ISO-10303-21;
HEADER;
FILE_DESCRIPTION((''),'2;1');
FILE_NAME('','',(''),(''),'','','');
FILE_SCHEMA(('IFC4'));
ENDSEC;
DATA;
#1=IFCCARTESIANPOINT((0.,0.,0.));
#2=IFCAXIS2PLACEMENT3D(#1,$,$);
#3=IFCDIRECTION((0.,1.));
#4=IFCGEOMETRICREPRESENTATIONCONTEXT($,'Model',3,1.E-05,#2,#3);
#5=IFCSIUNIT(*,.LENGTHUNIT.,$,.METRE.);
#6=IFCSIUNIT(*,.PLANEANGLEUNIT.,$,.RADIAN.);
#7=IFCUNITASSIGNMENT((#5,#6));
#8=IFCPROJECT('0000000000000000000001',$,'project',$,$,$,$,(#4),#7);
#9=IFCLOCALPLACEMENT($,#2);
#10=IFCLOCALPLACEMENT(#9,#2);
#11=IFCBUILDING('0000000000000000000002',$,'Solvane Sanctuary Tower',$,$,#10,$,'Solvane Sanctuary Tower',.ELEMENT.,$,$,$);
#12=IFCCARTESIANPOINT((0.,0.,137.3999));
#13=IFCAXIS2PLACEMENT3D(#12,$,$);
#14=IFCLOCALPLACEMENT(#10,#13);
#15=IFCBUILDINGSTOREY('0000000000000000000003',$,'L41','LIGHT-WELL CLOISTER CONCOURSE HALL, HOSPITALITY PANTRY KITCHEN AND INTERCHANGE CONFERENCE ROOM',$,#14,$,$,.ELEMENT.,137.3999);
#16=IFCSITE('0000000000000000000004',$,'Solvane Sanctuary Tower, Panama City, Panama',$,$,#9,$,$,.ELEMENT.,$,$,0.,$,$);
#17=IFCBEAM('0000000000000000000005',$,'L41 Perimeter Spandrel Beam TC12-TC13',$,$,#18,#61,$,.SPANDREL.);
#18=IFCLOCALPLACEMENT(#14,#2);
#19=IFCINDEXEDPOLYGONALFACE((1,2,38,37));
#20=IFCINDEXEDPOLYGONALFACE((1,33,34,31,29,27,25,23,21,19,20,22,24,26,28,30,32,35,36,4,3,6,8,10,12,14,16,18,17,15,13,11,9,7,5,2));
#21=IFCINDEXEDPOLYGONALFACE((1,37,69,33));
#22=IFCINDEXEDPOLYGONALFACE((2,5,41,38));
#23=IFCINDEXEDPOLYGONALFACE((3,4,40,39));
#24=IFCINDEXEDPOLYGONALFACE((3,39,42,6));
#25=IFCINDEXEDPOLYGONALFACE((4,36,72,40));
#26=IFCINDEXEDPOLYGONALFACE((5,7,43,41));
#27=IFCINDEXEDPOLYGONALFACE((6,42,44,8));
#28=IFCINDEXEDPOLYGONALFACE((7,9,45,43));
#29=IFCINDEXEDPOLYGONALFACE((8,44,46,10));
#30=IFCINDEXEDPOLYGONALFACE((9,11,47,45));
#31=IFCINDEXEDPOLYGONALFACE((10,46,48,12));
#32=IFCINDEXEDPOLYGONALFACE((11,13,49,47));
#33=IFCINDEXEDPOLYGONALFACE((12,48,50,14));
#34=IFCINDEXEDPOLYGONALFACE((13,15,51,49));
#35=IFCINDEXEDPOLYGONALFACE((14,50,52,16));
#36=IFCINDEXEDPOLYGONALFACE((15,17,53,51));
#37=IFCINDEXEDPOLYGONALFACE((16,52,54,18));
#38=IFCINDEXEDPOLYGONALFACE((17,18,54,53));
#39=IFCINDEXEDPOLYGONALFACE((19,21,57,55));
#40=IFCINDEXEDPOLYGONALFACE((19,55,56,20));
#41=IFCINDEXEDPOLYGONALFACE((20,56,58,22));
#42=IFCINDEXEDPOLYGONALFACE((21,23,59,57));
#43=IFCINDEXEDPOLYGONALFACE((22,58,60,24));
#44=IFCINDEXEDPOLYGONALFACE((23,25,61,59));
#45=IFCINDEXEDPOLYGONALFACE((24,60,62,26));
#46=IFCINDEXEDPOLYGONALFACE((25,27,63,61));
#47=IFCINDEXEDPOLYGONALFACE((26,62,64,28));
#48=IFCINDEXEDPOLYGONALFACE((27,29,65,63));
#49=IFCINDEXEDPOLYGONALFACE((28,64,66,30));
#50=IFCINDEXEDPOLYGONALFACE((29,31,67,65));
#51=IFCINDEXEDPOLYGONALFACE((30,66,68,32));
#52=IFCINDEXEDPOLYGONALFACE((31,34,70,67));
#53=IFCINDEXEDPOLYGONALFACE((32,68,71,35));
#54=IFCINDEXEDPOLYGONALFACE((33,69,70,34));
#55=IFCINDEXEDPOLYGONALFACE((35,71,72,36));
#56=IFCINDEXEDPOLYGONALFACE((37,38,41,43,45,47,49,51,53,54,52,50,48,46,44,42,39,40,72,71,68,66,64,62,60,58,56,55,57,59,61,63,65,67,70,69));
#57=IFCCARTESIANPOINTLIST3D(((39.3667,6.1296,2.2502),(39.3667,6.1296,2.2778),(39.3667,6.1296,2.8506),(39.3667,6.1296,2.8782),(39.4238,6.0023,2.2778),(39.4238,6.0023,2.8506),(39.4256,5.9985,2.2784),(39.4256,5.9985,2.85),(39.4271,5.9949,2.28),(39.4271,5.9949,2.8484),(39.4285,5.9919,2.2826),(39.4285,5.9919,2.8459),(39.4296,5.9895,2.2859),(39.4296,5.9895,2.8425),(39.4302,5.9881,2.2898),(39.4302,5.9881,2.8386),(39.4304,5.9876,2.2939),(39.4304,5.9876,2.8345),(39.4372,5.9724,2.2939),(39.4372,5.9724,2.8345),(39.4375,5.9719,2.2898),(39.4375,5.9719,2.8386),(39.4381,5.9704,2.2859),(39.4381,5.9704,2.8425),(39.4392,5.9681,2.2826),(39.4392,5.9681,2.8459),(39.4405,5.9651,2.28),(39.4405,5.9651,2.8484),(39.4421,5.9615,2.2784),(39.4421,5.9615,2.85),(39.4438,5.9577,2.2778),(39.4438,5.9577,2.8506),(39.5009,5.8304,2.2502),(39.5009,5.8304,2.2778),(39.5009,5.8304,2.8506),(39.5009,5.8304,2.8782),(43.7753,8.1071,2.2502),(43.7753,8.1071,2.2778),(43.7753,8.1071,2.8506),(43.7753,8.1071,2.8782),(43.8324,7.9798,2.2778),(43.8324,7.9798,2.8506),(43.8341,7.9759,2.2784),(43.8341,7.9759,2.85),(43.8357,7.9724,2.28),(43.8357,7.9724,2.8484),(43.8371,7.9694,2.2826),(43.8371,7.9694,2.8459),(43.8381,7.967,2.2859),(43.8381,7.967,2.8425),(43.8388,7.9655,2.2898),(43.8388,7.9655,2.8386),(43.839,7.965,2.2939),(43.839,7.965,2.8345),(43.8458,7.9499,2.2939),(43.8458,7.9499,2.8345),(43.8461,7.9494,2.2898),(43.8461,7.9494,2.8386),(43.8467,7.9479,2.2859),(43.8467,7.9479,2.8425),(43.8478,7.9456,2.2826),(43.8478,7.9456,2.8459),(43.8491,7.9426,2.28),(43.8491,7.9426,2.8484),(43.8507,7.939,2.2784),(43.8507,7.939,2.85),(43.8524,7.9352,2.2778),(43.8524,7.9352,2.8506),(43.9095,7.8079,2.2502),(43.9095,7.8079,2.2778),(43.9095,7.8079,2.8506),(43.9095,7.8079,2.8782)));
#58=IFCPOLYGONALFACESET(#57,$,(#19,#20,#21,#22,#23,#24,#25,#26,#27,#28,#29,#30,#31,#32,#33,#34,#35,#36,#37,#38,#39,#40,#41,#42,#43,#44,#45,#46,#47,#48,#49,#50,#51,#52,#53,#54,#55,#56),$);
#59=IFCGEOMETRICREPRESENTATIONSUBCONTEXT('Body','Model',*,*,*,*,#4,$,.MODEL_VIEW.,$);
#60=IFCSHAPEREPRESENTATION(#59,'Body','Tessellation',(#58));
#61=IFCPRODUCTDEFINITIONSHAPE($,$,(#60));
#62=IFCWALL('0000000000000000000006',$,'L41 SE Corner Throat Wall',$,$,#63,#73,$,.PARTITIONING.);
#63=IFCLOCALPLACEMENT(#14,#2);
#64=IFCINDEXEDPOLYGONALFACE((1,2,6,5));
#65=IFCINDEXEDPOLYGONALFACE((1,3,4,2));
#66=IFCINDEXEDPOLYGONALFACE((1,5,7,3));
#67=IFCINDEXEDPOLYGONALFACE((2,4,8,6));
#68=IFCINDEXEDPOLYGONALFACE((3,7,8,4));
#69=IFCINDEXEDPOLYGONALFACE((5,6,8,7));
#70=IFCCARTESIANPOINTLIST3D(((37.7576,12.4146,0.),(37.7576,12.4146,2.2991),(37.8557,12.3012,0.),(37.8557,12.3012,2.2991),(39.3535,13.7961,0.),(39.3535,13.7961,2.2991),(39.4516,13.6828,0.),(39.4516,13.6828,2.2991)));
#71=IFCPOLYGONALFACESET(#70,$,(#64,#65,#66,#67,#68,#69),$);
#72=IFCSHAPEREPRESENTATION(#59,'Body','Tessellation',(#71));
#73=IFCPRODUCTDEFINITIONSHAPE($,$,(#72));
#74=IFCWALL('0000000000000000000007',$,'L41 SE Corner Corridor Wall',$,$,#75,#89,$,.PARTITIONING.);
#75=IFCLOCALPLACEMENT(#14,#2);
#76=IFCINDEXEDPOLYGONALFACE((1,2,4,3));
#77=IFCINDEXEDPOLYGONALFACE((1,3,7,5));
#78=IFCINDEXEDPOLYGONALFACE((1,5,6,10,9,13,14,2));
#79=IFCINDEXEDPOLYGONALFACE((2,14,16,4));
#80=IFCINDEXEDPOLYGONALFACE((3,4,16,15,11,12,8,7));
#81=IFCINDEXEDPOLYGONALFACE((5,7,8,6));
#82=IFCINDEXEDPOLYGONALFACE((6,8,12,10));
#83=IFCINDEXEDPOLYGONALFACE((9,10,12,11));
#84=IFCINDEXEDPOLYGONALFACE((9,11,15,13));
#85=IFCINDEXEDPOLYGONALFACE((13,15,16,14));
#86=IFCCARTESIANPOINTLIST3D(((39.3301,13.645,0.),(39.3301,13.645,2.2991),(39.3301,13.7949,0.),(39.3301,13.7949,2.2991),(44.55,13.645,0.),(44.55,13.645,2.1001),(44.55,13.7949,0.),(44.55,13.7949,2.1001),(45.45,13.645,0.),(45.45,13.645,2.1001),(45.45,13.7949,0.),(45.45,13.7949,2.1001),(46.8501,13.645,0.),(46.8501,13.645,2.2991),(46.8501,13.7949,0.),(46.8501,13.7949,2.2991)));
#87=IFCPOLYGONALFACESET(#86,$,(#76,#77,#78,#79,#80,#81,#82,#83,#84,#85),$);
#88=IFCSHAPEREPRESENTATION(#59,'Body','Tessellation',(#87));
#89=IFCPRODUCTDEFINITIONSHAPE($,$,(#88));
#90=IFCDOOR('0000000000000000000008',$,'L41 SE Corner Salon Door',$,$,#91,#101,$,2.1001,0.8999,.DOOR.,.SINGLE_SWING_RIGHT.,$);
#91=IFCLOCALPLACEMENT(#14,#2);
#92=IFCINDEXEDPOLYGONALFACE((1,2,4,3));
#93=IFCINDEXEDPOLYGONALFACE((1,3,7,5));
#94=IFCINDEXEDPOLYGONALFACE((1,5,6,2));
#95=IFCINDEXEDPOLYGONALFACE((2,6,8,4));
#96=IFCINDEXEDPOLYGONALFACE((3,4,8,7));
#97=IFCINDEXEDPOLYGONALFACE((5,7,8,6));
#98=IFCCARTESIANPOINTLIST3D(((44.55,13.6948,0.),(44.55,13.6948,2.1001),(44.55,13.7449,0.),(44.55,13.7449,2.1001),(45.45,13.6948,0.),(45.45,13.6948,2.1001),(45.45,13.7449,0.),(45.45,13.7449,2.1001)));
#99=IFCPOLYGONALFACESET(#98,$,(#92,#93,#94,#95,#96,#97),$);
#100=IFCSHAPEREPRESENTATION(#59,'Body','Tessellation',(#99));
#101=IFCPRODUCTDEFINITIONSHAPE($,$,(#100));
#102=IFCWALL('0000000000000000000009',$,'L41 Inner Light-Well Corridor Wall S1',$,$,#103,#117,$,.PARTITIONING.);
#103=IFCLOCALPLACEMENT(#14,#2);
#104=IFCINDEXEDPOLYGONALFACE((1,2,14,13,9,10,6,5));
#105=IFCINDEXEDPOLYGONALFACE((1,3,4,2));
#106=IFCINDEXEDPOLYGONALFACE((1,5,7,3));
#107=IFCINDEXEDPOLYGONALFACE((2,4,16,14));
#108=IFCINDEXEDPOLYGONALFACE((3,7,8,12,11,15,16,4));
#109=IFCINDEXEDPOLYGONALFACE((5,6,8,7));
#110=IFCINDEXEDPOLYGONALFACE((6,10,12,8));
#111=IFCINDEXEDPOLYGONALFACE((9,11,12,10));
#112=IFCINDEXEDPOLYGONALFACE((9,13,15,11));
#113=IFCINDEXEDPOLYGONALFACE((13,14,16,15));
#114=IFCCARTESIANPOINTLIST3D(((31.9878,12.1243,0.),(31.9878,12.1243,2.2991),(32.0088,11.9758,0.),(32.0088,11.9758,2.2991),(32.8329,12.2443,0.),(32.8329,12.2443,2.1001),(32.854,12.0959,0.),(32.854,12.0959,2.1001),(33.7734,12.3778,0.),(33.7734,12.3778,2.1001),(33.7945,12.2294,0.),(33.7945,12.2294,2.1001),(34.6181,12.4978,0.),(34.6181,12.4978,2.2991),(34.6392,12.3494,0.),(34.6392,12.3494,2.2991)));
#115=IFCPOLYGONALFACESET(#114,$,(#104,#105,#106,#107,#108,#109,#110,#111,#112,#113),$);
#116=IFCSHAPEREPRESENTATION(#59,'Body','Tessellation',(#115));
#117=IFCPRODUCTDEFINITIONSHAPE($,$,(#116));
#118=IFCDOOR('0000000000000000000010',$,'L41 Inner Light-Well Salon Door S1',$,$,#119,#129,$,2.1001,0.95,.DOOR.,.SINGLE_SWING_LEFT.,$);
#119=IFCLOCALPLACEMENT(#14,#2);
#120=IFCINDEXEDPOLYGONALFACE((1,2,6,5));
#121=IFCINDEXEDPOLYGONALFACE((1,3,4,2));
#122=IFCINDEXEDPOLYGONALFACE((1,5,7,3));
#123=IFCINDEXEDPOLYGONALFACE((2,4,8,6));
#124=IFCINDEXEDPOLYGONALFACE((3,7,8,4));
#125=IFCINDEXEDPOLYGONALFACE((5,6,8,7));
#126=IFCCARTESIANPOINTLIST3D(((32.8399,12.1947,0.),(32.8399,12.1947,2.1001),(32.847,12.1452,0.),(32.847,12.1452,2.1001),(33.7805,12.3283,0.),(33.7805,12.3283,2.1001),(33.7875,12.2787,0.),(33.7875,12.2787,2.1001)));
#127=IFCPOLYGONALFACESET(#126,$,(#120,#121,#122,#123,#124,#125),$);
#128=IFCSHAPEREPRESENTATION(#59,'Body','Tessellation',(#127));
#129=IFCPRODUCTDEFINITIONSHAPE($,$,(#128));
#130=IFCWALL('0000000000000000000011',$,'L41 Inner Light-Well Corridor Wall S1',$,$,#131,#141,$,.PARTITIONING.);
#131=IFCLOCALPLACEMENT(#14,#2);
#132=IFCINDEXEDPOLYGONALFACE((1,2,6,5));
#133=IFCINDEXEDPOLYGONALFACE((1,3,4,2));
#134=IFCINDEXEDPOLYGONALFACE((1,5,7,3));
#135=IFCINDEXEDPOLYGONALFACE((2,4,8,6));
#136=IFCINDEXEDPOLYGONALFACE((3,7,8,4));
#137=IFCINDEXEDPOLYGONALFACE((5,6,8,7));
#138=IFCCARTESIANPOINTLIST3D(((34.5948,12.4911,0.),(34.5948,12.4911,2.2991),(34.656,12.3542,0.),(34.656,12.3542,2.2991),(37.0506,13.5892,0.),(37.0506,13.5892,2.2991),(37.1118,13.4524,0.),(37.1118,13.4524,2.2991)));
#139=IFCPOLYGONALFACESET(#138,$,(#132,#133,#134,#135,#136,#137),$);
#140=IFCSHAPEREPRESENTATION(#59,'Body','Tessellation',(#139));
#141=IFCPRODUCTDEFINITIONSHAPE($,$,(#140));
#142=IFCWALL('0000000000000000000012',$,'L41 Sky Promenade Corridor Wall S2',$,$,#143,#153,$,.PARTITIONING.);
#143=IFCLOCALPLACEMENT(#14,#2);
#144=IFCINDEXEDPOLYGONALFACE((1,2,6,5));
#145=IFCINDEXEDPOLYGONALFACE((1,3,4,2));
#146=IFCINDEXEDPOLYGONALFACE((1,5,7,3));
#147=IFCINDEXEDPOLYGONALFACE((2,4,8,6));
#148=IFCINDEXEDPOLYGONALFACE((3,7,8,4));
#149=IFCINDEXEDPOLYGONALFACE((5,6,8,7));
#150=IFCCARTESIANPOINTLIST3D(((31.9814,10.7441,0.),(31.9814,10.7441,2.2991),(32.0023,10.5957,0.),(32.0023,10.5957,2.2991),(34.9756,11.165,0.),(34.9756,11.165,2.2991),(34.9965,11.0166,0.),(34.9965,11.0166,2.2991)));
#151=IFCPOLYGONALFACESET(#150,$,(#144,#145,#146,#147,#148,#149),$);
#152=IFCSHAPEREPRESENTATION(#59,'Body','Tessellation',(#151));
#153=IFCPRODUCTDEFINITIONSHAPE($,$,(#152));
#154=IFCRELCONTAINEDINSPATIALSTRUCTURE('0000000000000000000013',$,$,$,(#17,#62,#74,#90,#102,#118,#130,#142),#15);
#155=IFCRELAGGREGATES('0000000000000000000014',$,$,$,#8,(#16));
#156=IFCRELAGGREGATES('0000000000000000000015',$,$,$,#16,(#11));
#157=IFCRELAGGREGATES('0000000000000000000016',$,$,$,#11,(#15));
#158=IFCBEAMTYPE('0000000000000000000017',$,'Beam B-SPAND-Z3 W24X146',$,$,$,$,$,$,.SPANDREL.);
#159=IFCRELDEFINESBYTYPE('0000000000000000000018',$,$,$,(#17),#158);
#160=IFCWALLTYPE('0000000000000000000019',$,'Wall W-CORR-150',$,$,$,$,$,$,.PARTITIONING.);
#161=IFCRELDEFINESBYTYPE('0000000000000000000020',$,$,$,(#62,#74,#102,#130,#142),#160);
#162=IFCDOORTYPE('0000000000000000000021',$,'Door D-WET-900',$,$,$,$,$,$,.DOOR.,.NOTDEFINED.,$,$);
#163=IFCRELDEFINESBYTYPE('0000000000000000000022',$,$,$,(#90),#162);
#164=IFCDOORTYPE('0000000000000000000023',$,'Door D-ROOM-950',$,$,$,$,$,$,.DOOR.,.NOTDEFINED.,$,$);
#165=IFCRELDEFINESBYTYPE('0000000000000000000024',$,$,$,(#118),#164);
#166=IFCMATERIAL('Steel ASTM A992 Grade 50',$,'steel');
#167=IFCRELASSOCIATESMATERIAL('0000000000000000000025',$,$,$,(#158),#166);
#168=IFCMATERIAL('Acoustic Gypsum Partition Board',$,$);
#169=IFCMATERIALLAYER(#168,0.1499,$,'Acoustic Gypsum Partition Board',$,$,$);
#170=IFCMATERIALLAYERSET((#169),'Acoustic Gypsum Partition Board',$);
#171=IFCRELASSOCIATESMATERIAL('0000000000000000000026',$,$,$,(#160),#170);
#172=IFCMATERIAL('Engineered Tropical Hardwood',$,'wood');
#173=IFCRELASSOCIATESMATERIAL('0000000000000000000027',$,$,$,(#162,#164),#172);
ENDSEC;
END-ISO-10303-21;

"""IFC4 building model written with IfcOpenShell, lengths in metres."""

from ifc_helpers import new_model, si_unit, direction, frame, frame_2d, origin, origin_2d, place, context, subcontext, project, spatial, rectangle, i_section, extrude, material, layer, layer_set, material_profile, profile_set, type_object, element, fill, save


model = new_model("IFC4")

# Units and contexts
model_context = context("Model", 3, precision=1e-05, world=origin(), true_north=direction((0.0, 1.0)))
body_context = subcontext(model_context, "Body", "Model", "MODEL_VIEW")
ifc_project = project(units=[si_unit("LENGTHUNIT", "METRE"), si_unit("PLANEANGLEUNIT", "RADIAN")], contexts=[model_context])

# Site, building, storey
site_placement = place(None, origin())
site = spatial("IfcSite", under=ifc_project, at=site_placement, Name="Solvane Sanctuary Tower, Panama City, Panama", CompositionType="ELEMENT", RefElevation=0.0)
building_placement = place(site_placement, origin())
building = spatial("IfcBuilding", under=site, at=building_placement, Name="Solvane Sanctuary Tower", LongName="Solvane Sanctuary Tower", CompositionType="ELEMENT")
storey_placement = place(building_placement, frame((0.0, 0.0, 137.3999)))
storey = spatial("IfcBuildingStorey", under=building, at=storey_placement, Name="L41", Description="LIGHT-WELL CLOISTER CONCOURSE HALL, HOSPITALITY PANTRY KITCHEN AND INTERCHANGE CONFERENCE ROOM", CompositionType="ELEMENT", Elevation=137.3999)

# Beam
ifc_material_1 = material(Name="Steel ASTM A992 Grade 50", Category="steel")
ifc_material_profile_1 = material_profile(ifc_material_1, i_section(OverallWidth=0.3279, OverallDepth=0.6279, WebThickness=0.0166, FlangeThickness=0.0276, FilletRadius=0.0161, at=origin_2d()), Name="W24X146")
ifc_profile_set_1 = profile_set([ifc_material_profile_1], Name="Steel ASTM A992 Grade 50")
beam_type_1 = type_object("IfcBeamType", Name="Beam B-SPAND-Z3 W24X146", PredefinedType="SPANDREL", material=ifc_profile_set_1)
beam_1_placement = place(storey_placement, frame((39.4338, 5.98, 2.5642), z_axis=(0.912414, 0.409268, 0.0), x_axis=(-0.409268, 0.912414, 0.0)))
element("IfcBeam", 1, at=beam_1_placement, inside=storey, type_object=beam_type_1, Name="L41 Perimeter Spandrel Beam TC12-TC13", PredefinedType="SPANDREL", context=body_context, shape_type="SweptSolid", body=[
    extrude(i_section(OverallWidth=0.3279, OverallDepth=0.6279, WebThickness=0.0166, FlangeThickness=0.0276, FilletRadius=0.0161, at=origin_2d()), origin(), (0.0, 0.0, 1.0), 4.8318),
])

# Wall
ifc_material_2 = material(Name="Acoustic Gypsum Partition Board")
ifc_layer_1 = layer(ifc_material_2, 0.1499, Name="Acoustic Gypsum Partition Board")
ifc_layer_set_1 = layer_set([ifc_layer_1], Name="Acoustic Gypsum Partition Board")
wall_type_1 = type_object("IfcWallType", Name="Wall W-CORR-150", PredefinedType="PARTITIONING", material=ifc_layer_set_1)
wall_1_placement = place(storey_placement, frame((37.8066, 12.3579, 0.0), z_axis=(0.0, 0.0, 1.0), x_axis=(0.756055, 0.654508, 0.0)))
element("IfcWall", 2, at=wall_1_placement, inside=storey, type_object=wall_type_1, Name="L41 SE Corner Throat Wall", PredefinedType="PARTITIONING", context=body_context, shape_type="SweptSolid", body=[
    extrude(rectangle(XDim=2.1108, YDim=0.1499, at=frame_2d((1.0554, 0.0))), origin(), (0.0, 0.0, 1.0), 2.2991),
])

# Walls, openings, doors
wall_2_placement = place(storey_placement, frame((39.3301, 13.72, 0.0), z_axis=(0.0, 0.0, 1.0), x_axis=(1.0, 0.0, 0.0)))
wall_2 = element("IfcWall", 3, at=wall_2_placement, inside=storey, type_object=wall_type_1, Name="L41 SE Corner Corridor Wall", PredefinedType="PARTITIONING", context=body_context, shape_type="SweptSolid", body=[
    extrude(rectangle(XDim=7.52, YDim=0.1499, at=frame_2d((3.76, 0.0))), origin(), (0.0, 0.0, 1.0), 2.2991),
])
opening_1_placement = place(wall_2_placement, frame((5.22, 0.0, 0.0)))
opening_1 = element("IfcOpeningElement", 4, at=opening_1_placement, cuts=wall_2, PredefinedType="OPENING", context=body_context, shape_type="SweptSolid", body=[
    extrude(rectangle(XDim=0.8999, YDim=2.1001, at=frame_2d((0.45, 1.05))), frame((0.0, 0.085, 0.0), z_axis=(0.0, -1.0, 0.0), x_axis=(1.0, 0.0, 0.0)), (0.0, 0.0, 1.0), 0.1699),
])
ifc_material_3 = material(Name="Engineered Tropical Hardwood", Category="wood")
door_type_1 = type_object("IfcDoorType", Name="Door D-WET-900", OperationType="NOTDEFINED", PredefinedType="DOOR", material=ifc_material_3)
door_1_placement = place(opening_1_placement, origin())
door_1 = element("IfcDoor", 5, at=door_1_placement, inside=storey, type_object=door_type_1, Name="L41 SE Corner Salon Door", OperationType="SINGLE_SWING_RIGHT", OverallHeight=2.1001, OverallWidth=0.8999, PredefinedType="DOOR", context=body_context, shape_type="SweptSolid", body=[
    extrude(rectangle(XDim=0.8999, YDim=2.1001, at=frame_2d((0.45, 1.05))), frame((0.0, 0.0249, 0.0), z_axis=(0.0, -1.0, 0.0), x_axis=(1.0, 0.0, 0.0)), (0.0, 0.0, 1.0), 0.05),
])
fill(opening_1, door_1)
wall_3_placement = place(storey_placement, frame((31.9983, 12.05, 0.0), z_axis=(0.0, 0.0, 1.0), x_axis=(0.990067, 0.140598, 0.0)))
wall_3 = element("IfcWall", 6, at=wall_3_placement, inside=storey, type_object=wall_type_1, Name="L41 Inner Light-Well Corridor Wall S1", PredefinedType="PARTITIONING", context=body_context, shape_type="SweptSolid", body=[
    extrude(rectangle(XDim=2.6567, YDim=0.1499, at=frame_2d((1.3284, 0.0))), origin(), (0.0, 0.0, 1.0), 2.2991),
])
opening_2_placement = place(wall_3_placement, frame((0.8535, 0.0, 0.0)))
opening_2 = element("IfcOpeningElement", 7, at=opening_2_placement, cuts=wall_3, PredefinedType="OPENING", context=body_context, shape_type="SweptSolid", body=[
    extrude(rectangle(XDim=0.95, YDim=2.1001, at=frame_2d((0.4751, 1.05))), frame((0.0, 0.085, 0.0), z_axis=(0.0, -1.0, 0.0), x_axis=(1.0, 0.0, 0.0)), (0.0, 0.0, 1.0), 0.1699),
])
door_type_2 = type_object("IfcDoorType", Name="Door D-ROOM-950", OperationType="NOTDEFINED", PredefinedType="DOOR", material=ifc_material_3)
door_2_placement = place(opening_2_placement, origin())
door_2 = element("IfcDoor", 8, at=door_2_placement, inside=storey, type_object=door_type_2, Name="L41 Inner Light-Well Salon Door S1", OperationType="SINGLE_SWING_LEFT", OverallHeight=2.1001, OverallWidth=0.95, PredefinedType="DOOR", context=body_context, shape_type="SweptSolid", body=[
    extrude(rectangle(XDim=0.95, YDim=2.1001, at=frame_2d((0.4751, 1.05))), frame((0.0, 0.0249, 0.0), z_axis=(0.0, -1.0, 0.0), x_axis=(1.0, 0.0, 0.0)), (0.0, 0.0, 1.0), 0.05),
])
fill(opening_2, door_2)

# Walls
wall_4_placement = place(storey_placement, frame((34.6252, 12.4226, 0.0), z_axis=(0.0, 0.0, 1.0), x_axis=(0.912889, 0.408209, 0.0)))
element("IfcWall", 9, at=wall_4_placement, inside=storey, type_object=wall_type_1, Name="L41 Inner Light-Well Corridor Wall S1", PredefinedType="PARTITIONING", context=body_context, shape_type="SweptSolid", body=[
    extrude(rectangle(XDim=2.6902, YDim=0.1499, at=frame_2d((1.3452, 0.0))), origin(), (0.0, 0.0, 1.0), 2.2991),
])
wall_5_placement = place(storey_placement, frame((31.9919, 10.6699, 0.0), z_axis=(0.0, 0.0, 1.0), x_axis=(0.990264, 0.139205, 0.0)))
element("IfcWall", 10, at=wall_5_placement, inside=storey, type_object=wall_type_1, Name="L41 Sky Promenade Corridor Wall S2", PredefinedType="PARTITIONING", context=body_context, shape_type="SweptSolid", body=[
    extrude(rectangle(XDim=3.0237, YDim=0.1499, at=frame_2d((1.5117, 0.0))), origin(), (0.0, 0.0, 1.0), 2.2991),
])

save(model, "model.ifc")
